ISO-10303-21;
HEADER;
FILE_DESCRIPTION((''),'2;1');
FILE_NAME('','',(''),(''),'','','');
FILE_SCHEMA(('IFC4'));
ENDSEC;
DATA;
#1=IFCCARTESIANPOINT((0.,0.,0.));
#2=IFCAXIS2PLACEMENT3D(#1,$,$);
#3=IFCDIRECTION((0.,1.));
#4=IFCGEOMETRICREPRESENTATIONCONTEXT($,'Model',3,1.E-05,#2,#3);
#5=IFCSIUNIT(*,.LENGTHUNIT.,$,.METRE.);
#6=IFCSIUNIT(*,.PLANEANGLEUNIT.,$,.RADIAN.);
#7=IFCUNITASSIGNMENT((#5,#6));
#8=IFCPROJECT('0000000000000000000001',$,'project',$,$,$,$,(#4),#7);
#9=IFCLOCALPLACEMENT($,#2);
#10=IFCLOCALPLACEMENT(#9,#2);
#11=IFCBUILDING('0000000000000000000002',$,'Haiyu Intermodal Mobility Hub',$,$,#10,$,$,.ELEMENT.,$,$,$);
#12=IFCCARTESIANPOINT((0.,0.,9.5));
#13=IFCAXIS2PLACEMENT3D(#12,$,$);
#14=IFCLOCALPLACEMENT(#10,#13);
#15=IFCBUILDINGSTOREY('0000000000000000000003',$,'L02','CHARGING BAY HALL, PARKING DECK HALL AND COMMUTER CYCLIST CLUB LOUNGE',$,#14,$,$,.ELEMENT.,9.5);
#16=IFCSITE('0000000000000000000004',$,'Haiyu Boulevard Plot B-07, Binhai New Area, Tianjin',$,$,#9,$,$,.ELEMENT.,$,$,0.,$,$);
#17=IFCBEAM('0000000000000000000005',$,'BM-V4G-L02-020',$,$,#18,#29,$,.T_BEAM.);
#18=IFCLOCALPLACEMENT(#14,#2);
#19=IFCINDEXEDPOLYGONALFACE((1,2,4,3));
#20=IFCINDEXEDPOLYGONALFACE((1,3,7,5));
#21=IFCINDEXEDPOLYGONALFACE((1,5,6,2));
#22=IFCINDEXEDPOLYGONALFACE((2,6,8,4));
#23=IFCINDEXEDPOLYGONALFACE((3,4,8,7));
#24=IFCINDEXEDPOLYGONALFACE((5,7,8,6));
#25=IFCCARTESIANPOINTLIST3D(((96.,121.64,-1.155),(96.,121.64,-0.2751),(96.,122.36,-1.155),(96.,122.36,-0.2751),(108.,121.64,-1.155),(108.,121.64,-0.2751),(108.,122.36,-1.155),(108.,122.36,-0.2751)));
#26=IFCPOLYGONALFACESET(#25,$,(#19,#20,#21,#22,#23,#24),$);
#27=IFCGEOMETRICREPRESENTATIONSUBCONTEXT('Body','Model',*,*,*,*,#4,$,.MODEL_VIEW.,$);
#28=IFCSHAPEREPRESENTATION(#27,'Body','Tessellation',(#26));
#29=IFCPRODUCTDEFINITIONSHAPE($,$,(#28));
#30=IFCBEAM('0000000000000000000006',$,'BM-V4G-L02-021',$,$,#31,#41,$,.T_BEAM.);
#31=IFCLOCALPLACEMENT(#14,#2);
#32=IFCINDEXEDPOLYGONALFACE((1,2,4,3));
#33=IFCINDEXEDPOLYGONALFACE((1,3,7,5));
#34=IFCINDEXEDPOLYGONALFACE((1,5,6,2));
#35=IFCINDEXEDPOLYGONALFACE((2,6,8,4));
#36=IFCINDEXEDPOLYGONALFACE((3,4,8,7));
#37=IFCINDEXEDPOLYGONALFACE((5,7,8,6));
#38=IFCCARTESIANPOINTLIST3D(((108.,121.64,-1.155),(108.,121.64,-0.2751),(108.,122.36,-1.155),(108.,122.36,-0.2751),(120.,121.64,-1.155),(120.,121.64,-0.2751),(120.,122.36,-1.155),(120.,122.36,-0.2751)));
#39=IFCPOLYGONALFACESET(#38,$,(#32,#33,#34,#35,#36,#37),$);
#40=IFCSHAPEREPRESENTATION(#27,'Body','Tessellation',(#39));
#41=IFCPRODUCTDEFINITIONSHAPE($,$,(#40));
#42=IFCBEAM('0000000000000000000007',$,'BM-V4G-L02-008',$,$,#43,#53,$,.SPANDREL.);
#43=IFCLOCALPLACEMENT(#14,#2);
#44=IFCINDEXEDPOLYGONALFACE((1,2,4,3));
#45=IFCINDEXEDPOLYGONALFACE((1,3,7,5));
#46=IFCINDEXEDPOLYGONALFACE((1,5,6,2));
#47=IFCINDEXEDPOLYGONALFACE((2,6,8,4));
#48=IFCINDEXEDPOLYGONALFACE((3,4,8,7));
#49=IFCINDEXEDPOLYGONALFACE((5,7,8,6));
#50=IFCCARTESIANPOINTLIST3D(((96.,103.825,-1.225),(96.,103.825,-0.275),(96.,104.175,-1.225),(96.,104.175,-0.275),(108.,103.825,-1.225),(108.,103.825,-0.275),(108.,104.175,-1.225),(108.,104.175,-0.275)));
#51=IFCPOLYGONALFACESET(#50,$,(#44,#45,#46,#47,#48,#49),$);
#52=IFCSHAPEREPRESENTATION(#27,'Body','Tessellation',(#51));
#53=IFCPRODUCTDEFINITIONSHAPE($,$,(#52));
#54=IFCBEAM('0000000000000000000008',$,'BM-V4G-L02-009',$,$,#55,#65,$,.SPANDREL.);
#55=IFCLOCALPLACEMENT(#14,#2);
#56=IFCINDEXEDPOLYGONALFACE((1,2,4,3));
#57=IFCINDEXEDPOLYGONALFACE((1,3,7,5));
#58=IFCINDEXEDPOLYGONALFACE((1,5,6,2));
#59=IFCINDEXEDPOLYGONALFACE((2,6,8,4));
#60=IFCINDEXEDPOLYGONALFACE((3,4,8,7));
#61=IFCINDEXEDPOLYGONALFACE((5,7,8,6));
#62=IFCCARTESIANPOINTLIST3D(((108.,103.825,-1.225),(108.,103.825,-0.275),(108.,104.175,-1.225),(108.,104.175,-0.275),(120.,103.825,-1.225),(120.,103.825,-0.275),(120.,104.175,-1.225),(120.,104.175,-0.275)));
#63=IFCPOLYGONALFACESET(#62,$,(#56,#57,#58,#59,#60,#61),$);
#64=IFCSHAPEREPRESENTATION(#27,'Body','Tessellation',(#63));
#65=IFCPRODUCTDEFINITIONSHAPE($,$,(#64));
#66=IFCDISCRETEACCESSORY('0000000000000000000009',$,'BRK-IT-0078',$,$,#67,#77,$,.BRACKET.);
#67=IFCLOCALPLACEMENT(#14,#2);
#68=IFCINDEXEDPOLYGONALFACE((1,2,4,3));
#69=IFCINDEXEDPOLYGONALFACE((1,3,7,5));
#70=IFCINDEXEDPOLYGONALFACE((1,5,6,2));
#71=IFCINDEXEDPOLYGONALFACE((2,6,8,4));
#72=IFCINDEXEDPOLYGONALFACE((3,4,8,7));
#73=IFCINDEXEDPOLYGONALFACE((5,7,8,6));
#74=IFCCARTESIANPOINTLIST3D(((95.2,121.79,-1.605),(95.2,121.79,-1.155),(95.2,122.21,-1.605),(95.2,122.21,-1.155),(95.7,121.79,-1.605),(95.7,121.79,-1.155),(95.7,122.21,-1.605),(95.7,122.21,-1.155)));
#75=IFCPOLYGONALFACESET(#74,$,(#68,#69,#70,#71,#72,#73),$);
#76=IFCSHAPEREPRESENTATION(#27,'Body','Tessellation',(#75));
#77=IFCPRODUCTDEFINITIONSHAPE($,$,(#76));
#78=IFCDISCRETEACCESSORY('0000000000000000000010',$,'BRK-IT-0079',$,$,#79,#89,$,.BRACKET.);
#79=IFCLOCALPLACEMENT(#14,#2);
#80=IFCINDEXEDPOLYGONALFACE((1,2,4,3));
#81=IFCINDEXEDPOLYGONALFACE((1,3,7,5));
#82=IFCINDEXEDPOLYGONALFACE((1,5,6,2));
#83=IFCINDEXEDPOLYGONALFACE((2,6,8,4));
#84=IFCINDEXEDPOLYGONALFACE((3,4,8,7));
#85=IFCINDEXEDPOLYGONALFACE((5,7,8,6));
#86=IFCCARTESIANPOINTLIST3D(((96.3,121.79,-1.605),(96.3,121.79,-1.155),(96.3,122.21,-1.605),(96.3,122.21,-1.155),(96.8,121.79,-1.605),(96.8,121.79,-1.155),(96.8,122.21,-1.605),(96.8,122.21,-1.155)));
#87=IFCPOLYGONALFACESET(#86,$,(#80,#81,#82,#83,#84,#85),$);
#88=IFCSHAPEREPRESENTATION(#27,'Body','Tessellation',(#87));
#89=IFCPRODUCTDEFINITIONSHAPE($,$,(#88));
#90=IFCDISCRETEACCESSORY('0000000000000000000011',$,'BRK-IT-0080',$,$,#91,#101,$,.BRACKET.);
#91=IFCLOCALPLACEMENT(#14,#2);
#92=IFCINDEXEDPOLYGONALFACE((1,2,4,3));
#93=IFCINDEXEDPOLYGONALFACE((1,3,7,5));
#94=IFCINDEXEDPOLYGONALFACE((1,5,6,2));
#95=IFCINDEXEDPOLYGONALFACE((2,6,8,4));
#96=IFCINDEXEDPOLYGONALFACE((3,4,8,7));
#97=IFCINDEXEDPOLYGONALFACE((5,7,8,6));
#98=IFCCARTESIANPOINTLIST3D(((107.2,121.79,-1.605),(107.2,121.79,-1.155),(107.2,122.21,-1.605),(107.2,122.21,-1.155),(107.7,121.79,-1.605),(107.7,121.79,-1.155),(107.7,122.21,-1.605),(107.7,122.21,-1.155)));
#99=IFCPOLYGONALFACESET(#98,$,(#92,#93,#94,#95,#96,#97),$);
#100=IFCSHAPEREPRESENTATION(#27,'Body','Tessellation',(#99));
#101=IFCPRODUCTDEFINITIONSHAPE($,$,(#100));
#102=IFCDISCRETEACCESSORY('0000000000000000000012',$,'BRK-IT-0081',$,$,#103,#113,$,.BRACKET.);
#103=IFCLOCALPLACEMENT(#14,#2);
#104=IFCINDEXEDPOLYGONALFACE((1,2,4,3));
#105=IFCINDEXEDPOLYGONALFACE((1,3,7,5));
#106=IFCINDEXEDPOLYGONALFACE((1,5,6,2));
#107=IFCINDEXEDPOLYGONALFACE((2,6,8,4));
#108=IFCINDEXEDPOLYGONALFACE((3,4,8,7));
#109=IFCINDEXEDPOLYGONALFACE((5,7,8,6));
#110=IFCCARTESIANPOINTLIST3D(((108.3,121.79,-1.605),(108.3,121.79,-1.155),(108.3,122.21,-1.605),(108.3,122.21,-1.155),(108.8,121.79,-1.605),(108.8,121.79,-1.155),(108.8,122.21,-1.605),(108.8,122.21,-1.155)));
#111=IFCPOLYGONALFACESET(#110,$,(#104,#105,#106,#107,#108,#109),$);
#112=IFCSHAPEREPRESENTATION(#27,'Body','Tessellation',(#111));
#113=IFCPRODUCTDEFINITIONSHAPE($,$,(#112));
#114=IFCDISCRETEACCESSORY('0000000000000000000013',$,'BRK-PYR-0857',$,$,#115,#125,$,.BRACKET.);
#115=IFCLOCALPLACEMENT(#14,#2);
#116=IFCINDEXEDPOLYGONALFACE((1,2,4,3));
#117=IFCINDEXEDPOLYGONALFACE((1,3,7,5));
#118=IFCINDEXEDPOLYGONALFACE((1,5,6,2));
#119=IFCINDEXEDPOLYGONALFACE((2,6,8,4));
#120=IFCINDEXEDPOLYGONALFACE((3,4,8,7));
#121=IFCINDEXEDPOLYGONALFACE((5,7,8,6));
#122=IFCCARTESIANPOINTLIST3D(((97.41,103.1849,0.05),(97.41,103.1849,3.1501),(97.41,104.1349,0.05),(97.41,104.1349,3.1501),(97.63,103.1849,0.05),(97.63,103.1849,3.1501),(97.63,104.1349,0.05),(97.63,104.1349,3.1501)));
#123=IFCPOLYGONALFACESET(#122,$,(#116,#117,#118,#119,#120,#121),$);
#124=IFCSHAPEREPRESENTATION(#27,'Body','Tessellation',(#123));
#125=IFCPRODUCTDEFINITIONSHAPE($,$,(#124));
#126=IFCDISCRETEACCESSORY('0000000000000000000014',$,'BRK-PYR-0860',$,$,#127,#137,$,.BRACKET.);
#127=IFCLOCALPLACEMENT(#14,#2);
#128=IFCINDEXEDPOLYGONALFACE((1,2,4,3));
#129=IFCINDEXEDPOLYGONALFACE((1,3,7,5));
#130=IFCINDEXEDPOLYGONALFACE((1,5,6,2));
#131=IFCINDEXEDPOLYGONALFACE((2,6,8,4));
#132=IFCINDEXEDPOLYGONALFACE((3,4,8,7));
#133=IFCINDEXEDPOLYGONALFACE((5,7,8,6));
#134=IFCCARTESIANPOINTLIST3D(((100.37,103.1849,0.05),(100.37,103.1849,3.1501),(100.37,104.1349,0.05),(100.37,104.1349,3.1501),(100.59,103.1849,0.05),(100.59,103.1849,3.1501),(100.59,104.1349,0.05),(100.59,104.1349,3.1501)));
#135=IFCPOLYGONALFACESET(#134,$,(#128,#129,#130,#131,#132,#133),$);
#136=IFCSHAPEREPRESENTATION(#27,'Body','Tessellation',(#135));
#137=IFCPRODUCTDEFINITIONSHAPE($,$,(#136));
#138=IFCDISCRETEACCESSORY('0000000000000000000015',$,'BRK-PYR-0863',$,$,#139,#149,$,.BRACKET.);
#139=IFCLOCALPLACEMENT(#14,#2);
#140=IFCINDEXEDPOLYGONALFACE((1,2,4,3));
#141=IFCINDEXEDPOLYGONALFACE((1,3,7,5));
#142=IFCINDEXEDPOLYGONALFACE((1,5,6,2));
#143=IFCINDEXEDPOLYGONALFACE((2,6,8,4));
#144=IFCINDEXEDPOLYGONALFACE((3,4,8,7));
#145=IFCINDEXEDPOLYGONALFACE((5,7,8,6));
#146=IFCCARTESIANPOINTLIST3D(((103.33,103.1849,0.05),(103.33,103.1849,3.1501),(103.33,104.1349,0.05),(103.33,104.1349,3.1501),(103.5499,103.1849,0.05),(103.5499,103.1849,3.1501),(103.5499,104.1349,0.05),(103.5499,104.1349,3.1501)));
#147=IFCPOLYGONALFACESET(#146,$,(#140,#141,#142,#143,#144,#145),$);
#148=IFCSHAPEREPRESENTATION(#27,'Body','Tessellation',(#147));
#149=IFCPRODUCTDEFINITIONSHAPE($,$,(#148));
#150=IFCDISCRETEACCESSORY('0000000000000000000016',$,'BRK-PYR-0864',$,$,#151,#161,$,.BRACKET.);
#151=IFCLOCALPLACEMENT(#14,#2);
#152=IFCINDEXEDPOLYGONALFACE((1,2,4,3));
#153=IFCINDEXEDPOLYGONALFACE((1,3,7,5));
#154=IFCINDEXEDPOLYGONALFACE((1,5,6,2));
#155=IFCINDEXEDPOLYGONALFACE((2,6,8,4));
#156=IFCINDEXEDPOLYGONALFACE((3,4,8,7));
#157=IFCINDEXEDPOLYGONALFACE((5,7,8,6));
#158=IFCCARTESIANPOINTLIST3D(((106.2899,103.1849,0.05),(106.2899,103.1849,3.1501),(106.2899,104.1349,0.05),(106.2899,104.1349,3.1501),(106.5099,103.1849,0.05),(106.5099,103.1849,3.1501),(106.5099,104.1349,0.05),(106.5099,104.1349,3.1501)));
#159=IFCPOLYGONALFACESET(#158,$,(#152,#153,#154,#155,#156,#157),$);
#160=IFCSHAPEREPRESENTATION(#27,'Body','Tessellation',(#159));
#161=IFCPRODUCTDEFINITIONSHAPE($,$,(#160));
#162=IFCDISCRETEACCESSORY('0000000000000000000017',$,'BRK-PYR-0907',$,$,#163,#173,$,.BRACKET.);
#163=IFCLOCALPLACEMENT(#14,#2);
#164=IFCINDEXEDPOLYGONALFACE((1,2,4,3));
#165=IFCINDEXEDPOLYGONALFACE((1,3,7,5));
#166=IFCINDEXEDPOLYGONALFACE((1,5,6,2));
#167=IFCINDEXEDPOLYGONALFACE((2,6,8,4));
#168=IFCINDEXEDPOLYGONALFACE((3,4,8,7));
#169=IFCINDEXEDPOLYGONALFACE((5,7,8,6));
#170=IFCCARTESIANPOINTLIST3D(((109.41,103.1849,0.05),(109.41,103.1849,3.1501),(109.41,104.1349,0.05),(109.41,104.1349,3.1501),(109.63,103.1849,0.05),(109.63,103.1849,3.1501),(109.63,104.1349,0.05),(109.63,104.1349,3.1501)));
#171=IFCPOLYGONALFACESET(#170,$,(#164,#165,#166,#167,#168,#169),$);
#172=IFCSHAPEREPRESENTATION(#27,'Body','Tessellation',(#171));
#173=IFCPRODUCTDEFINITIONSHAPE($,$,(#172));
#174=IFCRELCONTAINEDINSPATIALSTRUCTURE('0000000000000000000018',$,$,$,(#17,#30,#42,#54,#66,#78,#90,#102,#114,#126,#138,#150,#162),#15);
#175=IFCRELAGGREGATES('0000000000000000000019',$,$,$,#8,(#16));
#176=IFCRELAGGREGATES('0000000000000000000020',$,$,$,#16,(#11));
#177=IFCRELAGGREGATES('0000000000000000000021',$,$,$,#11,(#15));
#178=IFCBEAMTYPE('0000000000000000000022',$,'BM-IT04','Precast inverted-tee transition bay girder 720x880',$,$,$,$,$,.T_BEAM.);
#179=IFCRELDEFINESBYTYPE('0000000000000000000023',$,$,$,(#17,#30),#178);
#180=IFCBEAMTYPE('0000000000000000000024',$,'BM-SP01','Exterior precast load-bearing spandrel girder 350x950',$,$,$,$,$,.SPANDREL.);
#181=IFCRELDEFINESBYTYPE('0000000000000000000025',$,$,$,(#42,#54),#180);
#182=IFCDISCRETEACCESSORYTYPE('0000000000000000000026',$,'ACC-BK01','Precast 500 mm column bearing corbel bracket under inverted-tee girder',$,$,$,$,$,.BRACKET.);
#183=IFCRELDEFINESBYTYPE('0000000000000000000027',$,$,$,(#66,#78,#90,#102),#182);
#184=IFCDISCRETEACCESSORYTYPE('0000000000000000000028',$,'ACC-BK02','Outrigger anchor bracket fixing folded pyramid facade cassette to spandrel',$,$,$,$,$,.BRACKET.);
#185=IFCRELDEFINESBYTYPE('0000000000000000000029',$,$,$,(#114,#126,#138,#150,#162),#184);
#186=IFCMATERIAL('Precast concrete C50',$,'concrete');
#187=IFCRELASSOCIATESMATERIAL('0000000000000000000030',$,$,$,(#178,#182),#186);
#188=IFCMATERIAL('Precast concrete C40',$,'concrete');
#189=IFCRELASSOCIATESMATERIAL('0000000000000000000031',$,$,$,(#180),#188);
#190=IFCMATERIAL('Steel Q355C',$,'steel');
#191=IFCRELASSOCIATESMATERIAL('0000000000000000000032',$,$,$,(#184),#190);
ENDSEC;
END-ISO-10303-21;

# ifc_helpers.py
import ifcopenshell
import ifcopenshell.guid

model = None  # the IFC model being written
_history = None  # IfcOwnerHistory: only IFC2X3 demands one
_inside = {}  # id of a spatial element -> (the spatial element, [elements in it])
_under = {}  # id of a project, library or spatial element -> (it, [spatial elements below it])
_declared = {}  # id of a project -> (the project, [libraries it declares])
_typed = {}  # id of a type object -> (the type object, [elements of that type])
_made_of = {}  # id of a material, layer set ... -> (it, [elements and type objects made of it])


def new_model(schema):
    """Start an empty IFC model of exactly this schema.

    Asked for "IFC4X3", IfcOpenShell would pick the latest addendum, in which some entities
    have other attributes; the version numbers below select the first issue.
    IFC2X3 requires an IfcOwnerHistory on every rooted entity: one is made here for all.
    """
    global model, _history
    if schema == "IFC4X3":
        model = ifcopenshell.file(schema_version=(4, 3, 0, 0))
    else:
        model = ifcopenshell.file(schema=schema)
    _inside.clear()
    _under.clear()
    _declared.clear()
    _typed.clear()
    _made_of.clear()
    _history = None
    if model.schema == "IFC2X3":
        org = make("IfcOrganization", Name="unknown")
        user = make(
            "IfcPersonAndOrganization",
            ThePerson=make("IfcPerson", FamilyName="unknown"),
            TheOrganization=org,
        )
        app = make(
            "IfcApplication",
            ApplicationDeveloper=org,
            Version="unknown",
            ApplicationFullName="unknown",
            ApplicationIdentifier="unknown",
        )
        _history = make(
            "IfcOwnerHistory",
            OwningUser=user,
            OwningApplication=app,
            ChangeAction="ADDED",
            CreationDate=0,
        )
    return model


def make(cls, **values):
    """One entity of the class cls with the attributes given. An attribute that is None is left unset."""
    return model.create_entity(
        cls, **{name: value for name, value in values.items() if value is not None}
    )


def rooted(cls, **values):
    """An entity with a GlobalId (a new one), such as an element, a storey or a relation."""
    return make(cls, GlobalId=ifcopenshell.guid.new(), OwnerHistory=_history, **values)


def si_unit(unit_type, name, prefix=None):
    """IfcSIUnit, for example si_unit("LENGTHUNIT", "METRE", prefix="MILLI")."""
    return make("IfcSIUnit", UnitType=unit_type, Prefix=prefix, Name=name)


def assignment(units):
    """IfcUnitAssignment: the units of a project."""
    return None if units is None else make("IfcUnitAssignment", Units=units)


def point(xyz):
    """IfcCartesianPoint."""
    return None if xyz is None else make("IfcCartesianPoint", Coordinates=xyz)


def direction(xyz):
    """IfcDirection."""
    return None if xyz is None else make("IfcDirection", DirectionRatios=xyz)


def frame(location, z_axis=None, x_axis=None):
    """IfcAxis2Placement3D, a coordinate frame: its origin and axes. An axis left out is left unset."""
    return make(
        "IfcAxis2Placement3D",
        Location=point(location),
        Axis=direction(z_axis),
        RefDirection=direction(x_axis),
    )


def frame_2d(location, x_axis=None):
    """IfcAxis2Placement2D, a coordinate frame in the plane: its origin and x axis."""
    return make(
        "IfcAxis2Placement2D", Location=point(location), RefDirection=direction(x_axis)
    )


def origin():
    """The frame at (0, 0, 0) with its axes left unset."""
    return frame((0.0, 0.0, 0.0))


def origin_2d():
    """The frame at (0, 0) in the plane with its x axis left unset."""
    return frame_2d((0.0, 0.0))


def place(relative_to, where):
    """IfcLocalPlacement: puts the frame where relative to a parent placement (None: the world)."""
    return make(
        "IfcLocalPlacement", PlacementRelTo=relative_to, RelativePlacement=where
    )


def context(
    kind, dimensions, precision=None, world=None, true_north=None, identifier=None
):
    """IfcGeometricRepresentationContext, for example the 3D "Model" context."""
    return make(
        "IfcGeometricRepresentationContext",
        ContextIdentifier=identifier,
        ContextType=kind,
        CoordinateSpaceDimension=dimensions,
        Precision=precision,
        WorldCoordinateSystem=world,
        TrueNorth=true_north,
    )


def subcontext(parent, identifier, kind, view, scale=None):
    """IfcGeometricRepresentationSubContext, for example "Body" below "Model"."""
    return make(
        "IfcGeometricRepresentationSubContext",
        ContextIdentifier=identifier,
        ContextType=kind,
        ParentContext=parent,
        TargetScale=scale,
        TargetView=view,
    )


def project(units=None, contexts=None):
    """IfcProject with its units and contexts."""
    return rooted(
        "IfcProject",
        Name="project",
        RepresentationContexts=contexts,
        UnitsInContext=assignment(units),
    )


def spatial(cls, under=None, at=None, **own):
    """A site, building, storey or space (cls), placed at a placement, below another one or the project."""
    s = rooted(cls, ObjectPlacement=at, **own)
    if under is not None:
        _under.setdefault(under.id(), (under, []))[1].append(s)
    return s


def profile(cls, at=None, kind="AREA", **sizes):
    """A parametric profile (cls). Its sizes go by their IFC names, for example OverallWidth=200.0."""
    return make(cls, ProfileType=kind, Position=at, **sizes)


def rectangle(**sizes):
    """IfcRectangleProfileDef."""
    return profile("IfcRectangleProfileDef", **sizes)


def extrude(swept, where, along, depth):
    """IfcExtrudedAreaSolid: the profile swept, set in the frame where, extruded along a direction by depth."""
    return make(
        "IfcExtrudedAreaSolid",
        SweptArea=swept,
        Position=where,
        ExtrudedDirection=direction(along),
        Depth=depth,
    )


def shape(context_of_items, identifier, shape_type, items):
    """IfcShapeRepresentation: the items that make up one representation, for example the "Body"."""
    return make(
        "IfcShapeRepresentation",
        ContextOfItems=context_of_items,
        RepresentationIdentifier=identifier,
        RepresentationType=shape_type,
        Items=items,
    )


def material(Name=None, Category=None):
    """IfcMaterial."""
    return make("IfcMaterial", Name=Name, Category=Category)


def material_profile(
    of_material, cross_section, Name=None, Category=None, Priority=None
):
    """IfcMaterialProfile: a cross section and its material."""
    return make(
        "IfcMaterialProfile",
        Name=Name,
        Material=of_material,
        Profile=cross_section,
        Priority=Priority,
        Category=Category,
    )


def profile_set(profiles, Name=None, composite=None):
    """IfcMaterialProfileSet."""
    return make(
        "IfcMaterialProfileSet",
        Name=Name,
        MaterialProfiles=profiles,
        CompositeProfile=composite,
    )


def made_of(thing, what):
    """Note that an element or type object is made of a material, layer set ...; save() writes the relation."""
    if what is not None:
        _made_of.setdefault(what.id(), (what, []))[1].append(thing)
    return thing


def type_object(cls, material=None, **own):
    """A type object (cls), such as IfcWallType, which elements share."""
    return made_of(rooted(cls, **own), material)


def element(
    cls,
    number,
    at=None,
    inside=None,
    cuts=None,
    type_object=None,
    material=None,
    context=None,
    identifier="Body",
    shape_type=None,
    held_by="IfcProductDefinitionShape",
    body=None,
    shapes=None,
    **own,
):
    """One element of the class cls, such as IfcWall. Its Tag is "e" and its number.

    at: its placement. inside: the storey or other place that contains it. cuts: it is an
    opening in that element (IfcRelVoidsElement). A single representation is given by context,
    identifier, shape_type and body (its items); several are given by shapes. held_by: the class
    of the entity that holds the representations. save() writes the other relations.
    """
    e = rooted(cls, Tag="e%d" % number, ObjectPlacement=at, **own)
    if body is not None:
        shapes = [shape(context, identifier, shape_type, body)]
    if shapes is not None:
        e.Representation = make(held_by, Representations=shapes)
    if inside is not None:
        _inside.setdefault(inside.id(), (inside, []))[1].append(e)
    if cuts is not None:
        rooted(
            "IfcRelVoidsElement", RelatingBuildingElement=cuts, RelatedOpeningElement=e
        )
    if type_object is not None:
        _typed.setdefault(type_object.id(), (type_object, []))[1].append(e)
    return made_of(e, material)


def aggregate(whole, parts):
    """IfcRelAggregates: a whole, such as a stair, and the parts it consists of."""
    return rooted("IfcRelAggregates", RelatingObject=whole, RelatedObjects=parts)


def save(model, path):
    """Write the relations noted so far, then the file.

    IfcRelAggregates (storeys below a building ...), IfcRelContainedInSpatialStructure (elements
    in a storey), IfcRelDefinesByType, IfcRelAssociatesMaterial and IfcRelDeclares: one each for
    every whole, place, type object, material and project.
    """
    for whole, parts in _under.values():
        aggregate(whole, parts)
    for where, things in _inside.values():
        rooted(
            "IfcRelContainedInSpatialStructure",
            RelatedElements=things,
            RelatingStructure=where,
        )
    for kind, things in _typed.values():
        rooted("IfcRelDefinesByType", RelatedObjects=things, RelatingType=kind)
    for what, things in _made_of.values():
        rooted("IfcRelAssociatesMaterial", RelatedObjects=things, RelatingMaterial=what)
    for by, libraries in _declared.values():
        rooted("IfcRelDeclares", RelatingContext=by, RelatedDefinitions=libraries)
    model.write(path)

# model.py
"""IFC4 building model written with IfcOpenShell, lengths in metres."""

from ifc_helpers import new_model, si_unit, direction, frame, origin, origin_2d, place, context, subcontext, project, spatial, rectangle, extrude, material, material_profile, profile_set, type_object, element, save


model = new_model("IFC4")

# Units and contexts
model_context = context("Model", 3, precision=1e-05, world=origin(), true_north=direction((0.0, 1.0)))
body_context = subcontext(model_context, "Body", "Model", "MODEL_VIEW")
ifc_project = project(units=[si_unit("LENGTHUNIT", "METRE"), si_unit("PLANEANGLEUNIT", "RADIAN")], contexts=[model_context])

# Site, building, storey
site_placement = place(None, origin())
site = spatial("IfcSite", under=ifc_project, at=site_placement, Name="Haiyu Boulevard Plot B-07, Binhai New Area, Tianjin", CompositionType="ELEMENT", RefElevation=0.0)
building_placement = place(site_placement, origin())
building = spatial("IfcBuilding", under=site, at=building_placement, Name="Haiyu Intermodal Mobility Hub", CompositionType="ELEMENT")
storey_placement = place(building_placement, frame((0.0, 0.0, 9.5)))
storey = spatial("IfcBuildingStorey", under=building, at=storey_placement, Name="L02", Description="CHARGING BAY HALL, PARKING DECK HALL AND COMMUTER CYCLIST CLUB LOUNGE", CompositionType="ELEMENT", Elevation=9.5)

# Shared definitions
ifc_material_1 = material(Name="Precast concrete C40", Category="concrete")

# Beams
ifc_material_2 = material(Name="Precast concrete C50", Category="concrete")
ifc_material_profile_1 = material_profile(ifc_material_2, rectangle(XDim=0.72, YDim=0.8799, at=origin_2d()), Name="B720x880")
ifc_profile_set_1 = profile_set([ifc_material_profile_1], Name="Precast concrete C50")
beam_type_1 = type_object("IfcBeamType", Name="BM-IT04", Description="Precast inverted-tee transition bay girder 720x880", PredefinedType="T_BEAM", material=ifc_profile_set_1)
for number, where, z_axis, x_axis, name in (
    (1, (96.0, 122.0, -0.7151), (1.0, 0.0, 0.0), (0.0, 1.0, 0.0), "BM-V4G-L02-020"),
    (2, (108.0, 122.0, -0.7151), (1.0, 0.0, 0.0), (0.0, 1.0, 0.0), "BM-V4G-L02-021"),
):
    element("IfcBeam", number, at=place(storey_placement, frame(where, z_axis=z_axis, x_axis=x_axis)), inside=storey, type_object=beam_type_1, Name=name, PredefinedType="T_BEAM", context=body_context, shape_type="SweptSolid", body=[
        extrude(rectangle(XDim=0.72, YDim=0.8799, at=origin_2d()), origin(), (0.0, 0.0, 1.0), 12.0),
    ])
ifc_material_profile_2 = material_profile(ifc_material_1, rectangle(XDim=0.3501, YDim=0.95, at=origin_2d()), Name="PC350x950")
ifc_profile_set_2 = profile_set([ifc_material_profile_2], Name="Precast concrete C40")
beam_type_2 = type_object("IfcBeamType", Name="BM-SP01", Description="Exterior precast load-bearing spandrel girder 350x950", PredefinedType="SPANDREL", material=ifc_profile_set_2)
for number, where, z_axis, x_axis, name in (
    (3, (96.0, 104.0, -0.75), (1.0, 0.0, 0.0), (0.0, 1.0, 0.0), "BM-V4G-L02-008"),
    (4, (108.0, 104.0, -0.75), (1.0, 0.0, 0.0), (0.0, 1.0, 0.0), "BM-V4G-L02-009"),
):
    element("IfcBeam", number, at=place(storey_placement, frame(where, z_axis=z_axis, x_axis=x_axis)), inside=storey, type_object=beam_type_2, Name=name, PredefinedType="SPANDREL", context=body_context, shape_type="SweptSolid", body=[
        extrude(rectangle(XDim=0.3501, YDim=0.95, at=origin_2d()), origin(), (0.0, 0.0, 1.0), 12.0),
    ])

# Shared definitions
ifc_material_3 = material(Name="Steel Q355C", Category="steel")

# Discrete accessories
discrete_accessory_type_1 = type_object("IfcDiscreteAccessoryType", Name="ACC-BK01", Description="Precast 500 mm column bearing corbel bracket under inverted-tee girder", PredefinedType="BRACKET", material=ifc_material_2)
for number, where, z_axis, x_axis, name in (
    (5, (95.45, 122.0, -1.605), (0.0, 0.0, 1.0), (1.0, 0.0, 0.0), "BRK-IT-0078"),
    (6, (96.55, 122.0, -1.605), (0.0, 0.0, 1.0), (1.0, 0.0, 0.0), "BRK-IT-0079"),
    (7, (107.45, 122.0, -1.605), (0.0, 0.0, 1.0), (1.0, 0.0, 0.0), "BRK-IT-0080"),
    (8, (108.55, 122.0, -1.605), (0.0, 0.0, 1.0), (1.0, 0.0, 0.0), "BRK-IT-0081"),
):
    element("IfcDiscreteAccessory", number, at=place(storey_placement, frame(where, z_axis=z_axis, x_axis=x_axis)), inside=storey, type_object=discrete_accessory_type_1, Name=name, PredefinedType="BRACKET", context=body_context, shape_type="SweptSolid", body=[
        extrude(rectangle(XDim=0.5, YDim=0.4199, at=origin_2d()), origin(), (0.0, 0.0, 1.0), 0.45),
    ])
discrete_accessory_type_2 = type_object("IfcDiscreteAccessoryType", Name="ACC-BK02", Description="Outrigger anchor bracket fixing folded pyramid facade cassette to spandrel", PredefinedType="BRACKET", material=ifc_material_3)
for number, where, z_axis, x_axis, name in (
    (9, (97.52, 103.6599, 0.05), (0.0, 0.0, 1.0), (1.0, 0.0, 0.0), "BRK-PYR-0857"),
    (10, (100.48, 103.6599, 0.05), (0.0, 0.0, 1.0), (1.0, 0.0, 0.0), "BRK-PYR-0860"),
    (11, (103.4399, 103.6599, 0.05), (0.0, 0.0, 1.0), (1.0, 0.0, 0.0), "BRK-PYR-0863"),
    (12, (106.3999, 103.6599, 0.05), (0.0, 0.0, 1.0), (1.0, 0.0, 0.0), "BRK-PYR-0864"),
    (13, (109.52, 103.6599, 0.05), (0.0, 0.0, 1.0), (1.0, 0.0, 0.0), "BRK-PYR-0907"),
):
    element("IfcDiscreteAccessory", number, at=place(storey_placement, frame(where, z_axis=z_axis, x_axis=x_axis)), inside=storey, type_object=discrete_accessory_type_2, Name=name, PredefinedType="BRACKET", context=body_context, shape_type="SweptSolid", body=[
        extrude(rectangle(XDim=0.22, YDim=0.95, at=origin_2d()), origin(), (0.0, 0.0, 1.0), 3.1001),
    ])

save(model, "model.ifc")
